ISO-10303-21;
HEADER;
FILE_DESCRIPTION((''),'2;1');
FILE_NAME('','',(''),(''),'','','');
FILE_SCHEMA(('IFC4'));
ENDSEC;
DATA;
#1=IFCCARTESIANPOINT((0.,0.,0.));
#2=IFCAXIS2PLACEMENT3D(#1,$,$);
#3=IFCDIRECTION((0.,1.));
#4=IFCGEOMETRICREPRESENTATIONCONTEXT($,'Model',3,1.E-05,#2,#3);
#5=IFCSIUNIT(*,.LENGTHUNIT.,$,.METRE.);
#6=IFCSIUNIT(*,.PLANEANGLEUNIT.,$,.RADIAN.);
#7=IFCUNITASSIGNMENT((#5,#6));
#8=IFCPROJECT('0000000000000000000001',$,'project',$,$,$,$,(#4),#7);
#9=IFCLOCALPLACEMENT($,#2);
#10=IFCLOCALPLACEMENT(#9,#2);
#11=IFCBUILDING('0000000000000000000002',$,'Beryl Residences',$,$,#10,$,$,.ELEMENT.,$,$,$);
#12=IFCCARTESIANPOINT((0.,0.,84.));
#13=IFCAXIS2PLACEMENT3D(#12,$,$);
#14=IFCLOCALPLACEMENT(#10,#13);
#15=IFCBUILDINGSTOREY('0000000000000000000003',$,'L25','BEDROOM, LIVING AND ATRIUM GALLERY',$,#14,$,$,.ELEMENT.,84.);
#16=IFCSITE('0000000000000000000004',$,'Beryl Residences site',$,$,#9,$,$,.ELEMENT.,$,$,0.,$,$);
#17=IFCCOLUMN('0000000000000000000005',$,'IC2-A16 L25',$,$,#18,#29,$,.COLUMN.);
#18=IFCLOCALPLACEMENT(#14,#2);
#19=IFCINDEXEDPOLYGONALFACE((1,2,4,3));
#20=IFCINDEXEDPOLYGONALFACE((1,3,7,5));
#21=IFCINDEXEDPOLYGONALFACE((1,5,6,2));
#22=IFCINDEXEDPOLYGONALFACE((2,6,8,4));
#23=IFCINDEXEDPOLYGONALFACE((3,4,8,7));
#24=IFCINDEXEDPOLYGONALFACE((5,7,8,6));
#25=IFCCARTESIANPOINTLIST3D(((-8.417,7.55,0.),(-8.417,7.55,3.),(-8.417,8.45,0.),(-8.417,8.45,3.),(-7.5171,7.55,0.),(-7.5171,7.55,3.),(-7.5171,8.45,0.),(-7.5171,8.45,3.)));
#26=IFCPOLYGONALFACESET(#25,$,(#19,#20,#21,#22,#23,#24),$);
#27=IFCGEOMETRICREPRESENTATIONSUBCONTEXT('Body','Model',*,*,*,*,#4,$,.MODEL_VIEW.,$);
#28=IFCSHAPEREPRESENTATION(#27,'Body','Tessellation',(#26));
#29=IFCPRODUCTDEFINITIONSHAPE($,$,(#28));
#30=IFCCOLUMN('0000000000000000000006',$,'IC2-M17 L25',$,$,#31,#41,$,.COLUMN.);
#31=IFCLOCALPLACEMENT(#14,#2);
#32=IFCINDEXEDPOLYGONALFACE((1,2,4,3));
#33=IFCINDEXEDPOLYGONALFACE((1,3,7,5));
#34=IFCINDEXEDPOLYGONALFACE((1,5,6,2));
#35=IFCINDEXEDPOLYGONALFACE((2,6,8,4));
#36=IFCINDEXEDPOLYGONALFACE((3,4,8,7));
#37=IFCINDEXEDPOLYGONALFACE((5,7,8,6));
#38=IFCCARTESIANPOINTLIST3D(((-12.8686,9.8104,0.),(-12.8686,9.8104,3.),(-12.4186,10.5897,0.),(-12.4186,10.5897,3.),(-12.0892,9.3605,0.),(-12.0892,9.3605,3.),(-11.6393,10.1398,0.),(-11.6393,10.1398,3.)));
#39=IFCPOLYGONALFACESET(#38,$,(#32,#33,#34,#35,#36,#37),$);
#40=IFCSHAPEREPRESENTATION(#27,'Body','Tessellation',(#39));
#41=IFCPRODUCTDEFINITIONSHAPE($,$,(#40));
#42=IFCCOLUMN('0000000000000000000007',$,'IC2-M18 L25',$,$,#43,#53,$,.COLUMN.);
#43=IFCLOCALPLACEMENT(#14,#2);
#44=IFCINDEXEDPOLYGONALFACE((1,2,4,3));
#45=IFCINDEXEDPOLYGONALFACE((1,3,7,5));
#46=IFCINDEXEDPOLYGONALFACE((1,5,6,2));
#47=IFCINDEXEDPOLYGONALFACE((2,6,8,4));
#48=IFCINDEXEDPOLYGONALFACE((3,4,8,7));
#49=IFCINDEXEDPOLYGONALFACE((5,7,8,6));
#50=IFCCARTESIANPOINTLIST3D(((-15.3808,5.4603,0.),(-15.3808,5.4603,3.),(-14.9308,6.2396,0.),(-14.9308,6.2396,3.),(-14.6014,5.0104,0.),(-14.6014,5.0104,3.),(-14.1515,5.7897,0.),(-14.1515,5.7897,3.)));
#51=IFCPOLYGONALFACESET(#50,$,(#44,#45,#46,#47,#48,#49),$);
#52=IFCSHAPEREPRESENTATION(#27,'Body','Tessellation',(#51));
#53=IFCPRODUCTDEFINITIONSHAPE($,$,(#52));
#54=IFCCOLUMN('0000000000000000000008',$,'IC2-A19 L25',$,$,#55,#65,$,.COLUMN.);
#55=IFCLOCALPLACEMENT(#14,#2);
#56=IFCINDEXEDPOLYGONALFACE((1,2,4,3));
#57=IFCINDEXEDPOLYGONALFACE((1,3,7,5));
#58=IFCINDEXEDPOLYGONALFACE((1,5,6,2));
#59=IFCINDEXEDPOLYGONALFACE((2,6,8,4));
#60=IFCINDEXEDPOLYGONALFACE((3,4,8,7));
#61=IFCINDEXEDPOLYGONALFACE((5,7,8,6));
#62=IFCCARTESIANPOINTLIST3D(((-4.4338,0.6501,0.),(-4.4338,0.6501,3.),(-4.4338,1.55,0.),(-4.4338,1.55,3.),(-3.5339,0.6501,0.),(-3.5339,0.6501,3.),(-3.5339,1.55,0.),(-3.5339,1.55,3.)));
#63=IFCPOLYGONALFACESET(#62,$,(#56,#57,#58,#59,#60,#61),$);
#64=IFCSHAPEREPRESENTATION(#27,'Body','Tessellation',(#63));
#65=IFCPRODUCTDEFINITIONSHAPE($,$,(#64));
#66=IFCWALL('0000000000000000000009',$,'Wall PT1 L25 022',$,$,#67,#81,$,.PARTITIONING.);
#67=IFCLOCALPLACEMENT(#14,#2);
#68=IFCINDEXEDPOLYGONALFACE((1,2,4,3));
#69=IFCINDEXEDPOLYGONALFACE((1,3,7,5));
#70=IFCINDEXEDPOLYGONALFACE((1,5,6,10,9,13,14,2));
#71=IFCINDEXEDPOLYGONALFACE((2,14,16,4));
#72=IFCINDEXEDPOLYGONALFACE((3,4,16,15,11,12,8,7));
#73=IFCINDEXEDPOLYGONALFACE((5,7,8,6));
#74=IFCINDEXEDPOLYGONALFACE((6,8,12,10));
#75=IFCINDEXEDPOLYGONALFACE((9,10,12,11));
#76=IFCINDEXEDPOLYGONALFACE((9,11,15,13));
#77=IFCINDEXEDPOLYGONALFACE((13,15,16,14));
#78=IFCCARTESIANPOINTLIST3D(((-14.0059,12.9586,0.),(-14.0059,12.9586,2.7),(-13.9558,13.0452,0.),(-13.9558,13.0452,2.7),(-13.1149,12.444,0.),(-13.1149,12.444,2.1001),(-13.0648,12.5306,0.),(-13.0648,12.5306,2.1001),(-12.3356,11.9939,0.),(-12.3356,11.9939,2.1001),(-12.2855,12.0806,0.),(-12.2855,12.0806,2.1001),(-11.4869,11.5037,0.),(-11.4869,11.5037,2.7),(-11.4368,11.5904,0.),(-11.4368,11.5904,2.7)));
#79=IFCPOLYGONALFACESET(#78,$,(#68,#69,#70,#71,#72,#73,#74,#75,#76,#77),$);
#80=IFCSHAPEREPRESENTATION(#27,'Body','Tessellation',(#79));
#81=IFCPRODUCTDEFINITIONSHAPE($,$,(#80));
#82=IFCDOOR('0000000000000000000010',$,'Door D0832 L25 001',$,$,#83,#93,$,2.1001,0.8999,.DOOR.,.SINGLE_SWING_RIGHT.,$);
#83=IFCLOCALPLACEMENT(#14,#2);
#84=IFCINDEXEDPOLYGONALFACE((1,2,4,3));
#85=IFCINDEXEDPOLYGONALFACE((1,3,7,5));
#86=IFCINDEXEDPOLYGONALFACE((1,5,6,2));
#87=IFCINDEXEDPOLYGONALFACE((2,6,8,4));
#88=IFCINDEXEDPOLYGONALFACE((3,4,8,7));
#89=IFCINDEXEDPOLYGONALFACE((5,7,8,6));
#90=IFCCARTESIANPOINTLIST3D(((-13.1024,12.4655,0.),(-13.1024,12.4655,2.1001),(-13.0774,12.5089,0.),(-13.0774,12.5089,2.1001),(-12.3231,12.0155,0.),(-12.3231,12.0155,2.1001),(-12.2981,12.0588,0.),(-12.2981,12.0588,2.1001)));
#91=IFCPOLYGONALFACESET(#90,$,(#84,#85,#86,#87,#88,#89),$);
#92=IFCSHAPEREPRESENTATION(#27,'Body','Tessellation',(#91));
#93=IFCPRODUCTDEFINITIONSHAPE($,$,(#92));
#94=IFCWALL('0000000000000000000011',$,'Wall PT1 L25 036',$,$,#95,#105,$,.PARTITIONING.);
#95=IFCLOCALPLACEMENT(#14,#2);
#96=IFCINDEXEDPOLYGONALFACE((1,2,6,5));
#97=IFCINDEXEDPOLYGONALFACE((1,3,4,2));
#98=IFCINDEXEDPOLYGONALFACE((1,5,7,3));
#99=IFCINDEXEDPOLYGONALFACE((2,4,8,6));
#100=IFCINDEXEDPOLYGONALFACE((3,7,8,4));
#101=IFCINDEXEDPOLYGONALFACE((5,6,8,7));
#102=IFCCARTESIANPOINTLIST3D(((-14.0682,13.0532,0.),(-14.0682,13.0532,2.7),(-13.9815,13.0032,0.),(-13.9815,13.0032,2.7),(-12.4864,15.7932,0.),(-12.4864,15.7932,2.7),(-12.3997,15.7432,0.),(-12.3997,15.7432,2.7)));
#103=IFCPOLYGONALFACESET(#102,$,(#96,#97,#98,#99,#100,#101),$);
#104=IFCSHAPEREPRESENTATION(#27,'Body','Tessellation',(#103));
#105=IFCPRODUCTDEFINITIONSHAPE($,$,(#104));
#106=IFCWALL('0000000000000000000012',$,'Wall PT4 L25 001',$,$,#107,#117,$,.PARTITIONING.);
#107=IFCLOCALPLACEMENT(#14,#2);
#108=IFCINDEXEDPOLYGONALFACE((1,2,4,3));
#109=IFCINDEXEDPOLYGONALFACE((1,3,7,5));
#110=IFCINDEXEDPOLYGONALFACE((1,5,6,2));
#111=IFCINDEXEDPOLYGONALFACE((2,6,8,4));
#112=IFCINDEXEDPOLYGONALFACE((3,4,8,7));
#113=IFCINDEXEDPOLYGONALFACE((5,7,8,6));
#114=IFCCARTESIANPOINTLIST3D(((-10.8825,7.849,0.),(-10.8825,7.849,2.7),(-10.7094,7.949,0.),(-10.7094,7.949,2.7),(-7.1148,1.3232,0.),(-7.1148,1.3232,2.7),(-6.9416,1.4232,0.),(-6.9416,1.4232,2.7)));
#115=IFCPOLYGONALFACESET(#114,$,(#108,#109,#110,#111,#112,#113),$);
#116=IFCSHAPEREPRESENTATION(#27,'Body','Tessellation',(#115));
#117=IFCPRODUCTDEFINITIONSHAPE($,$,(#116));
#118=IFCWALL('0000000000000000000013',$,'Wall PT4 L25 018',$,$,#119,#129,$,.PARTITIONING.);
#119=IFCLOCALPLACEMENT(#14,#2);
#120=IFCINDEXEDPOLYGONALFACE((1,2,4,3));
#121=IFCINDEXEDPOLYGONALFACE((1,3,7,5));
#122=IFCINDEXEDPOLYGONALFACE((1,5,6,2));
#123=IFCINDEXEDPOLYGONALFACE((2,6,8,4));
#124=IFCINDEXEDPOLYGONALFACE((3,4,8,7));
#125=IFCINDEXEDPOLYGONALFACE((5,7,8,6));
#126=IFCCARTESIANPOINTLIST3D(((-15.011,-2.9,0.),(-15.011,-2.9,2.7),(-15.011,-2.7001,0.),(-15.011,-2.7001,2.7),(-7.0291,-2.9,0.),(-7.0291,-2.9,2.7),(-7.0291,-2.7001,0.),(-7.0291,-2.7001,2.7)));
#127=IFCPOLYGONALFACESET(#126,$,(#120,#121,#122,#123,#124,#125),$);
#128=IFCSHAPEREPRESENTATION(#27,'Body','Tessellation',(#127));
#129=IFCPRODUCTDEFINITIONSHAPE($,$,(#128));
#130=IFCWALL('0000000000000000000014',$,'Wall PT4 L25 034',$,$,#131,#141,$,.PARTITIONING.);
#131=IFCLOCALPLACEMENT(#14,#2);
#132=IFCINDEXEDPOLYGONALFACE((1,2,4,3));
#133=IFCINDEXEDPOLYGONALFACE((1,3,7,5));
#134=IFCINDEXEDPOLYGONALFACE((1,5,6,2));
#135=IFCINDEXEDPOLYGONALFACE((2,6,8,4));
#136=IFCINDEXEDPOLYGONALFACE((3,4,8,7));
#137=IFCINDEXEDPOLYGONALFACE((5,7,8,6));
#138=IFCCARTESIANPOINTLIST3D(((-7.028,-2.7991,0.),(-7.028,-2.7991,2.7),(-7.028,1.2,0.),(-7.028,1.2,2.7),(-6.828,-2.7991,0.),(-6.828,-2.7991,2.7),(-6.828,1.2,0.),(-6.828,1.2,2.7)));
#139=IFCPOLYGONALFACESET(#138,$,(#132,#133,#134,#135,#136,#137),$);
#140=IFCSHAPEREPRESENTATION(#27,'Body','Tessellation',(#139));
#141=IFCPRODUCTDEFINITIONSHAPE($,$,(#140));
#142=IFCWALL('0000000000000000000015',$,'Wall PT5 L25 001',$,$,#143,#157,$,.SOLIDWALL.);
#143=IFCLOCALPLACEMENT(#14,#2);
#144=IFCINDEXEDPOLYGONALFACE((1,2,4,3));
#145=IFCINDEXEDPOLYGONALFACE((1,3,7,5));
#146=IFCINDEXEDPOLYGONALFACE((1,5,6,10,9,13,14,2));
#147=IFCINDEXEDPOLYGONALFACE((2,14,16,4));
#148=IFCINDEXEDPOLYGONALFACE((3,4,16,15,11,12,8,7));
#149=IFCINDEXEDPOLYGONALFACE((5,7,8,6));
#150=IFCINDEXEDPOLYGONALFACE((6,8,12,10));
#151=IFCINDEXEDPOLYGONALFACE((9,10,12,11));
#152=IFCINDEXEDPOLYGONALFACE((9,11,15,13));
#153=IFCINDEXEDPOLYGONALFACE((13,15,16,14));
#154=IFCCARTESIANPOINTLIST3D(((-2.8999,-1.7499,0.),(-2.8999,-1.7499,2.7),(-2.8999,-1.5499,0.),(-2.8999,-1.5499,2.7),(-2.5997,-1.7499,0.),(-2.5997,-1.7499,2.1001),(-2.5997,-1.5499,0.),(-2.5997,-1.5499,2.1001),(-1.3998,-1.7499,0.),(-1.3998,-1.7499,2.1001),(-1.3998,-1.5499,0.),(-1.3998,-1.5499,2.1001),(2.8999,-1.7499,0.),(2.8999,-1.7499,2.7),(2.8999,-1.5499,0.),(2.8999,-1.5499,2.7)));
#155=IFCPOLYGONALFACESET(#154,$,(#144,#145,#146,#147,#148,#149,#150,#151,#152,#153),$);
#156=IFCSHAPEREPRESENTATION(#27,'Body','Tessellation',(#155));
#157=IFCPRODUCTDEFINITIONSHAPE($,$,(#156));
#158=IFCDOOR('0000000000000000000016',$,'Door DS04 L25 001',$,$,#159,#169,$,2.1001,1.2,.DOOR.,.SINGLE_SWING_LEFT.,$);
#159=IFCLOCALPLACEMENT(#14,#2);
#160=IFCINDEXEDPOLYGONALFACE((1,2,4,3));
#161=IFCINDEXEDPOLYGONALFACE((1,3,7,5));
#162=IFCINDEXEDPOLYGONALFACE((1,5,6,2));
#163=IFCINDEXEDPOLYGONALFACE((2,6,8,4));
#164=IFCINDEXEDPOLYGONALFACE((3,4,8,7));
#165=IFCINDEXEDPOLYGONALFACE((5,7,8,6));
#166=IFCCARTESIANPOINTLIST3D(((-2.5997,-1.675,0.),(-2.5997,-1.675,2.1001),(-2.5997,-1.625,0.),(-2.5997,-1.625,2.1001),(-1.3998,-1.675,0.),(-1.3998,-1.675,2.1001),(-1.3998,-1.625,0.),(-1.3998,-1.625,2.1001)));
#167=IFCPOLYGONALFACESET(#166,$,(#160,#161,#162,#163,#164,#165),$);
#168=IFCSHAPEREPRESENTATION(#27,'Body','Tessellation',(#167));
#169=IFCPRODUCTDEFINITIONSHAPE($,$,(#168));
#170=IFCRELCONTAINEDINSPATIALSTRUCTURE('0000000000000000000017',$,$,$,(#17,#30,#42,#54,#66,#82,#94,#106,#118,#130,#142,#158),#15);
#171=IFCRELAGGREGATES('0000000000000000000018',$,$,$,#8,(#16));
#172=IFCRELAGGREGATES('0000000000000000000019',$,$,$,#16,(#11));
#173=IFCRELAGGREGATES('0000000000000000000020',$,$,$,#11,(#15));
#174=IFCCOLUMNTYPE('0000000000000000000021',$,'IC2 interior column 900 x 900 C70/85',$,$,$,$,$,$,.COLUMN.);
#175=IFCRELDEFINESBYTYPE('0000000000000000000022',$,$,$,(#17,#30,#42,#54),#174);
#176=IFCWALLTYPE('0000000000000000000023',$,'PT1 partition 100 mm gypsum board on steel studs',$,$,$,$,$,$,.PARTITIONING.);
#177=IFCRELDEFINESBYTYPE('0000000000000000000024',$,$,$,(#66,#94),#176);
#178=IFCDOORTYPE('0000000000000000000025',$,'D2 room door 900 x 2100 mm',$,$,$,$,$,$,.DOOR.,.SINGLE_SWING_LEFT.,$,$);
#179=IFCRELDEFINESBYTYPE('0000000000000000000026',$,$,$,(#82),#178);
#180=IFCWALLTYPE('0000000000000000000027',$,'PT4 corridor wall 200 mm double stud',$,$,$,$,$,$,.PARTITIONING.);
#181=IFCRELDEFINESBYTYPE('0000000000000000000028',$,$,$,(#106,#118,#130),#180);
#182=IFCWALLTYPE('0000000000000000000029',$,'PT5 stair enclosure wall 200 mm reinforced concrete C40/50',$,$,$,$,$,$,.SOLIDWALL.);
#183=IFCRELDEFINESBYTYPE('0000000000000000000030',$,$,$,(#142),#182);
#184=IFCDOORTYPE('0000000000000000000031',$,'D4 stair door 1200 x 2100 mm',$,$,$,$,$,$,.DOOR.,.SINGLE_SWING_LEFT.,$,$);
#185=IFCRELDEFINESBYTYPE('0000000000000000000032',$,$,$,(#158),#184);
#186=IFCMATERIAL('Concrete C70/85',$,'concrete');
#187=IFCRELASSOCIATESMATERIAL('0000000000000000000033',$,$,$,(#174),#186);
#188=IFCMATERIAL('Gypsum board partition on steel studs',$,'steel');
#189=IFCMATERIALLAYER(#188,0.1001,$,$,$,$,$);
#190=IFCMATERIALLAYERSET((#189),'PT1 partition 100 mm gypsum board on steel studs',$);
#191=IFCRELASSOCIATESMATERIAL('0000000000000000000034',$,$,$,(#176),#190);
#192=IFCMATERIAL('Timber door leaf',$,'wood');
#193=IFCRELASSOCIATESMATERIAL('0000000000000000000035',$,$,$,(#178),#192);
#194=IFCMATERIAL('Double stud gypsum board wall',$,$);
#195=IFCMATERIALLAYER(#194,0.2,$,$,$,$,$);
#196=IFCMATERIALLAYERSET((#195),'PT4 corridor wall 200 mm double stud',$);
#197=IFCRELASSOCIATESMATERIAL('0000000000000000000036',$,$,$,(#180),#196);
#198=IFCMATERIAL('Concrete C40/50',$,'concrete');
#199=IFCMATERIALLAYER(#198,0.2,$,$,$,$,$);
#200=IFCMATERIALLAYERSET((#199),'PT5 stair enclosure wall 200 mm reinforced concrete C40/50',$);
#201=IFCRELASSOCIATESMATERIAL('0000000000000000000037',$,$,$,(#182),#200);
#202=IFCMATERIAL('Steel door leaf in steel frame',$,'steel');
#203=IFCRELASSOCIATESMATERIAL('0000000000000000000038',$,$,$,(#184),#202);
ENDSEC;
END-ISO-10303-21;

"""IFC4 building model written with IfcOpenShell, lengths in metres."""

from ifc_helpers import new_model, si_unit, direction, frame, frame_2d, origin, origin_2d, place, context, subcontext, project, spatial, rectangle, extrude, material, layer, layer_set, material_profile, profile_set, type_object, element, fill, save


model = new_model("IFC4")

# Units and contexts
model_context = context("Model", 3, precision=1e-05, world=origin(), true_north=direction((0.0, 1.0)))
body_context = subcontext(model_context, "Body", "Model", "MODEL_VIEW")
ifc_project = project(units=[si_unit("LENGTHUNIT", "METRE"), si_unit("PLANEANGLEUNIT", "RADIAN")], contexts=[model_context])

# Site, building, storey
site_placement = place(None, origin())
site = spatial("IfcSite", under=ifc_project, at=site_placement, Name="Beryl Residences site", CompositionType="ELEMENT", RefElevation=0.0)
building_placement = place(site_placement, origin())
building = spatial("IfcBuilding", under=site, at=building_placement, Name="Beryl Residences", CompositionType="ELEMENT")
storey_placement = place(building_placement, frame((0.0, 0.0, 84.0)))
storey = spatial("IfcBuildingStorey", under=building, at=storey_placement, Name="L25", Description="BEDROOM, LIVING AND ATRIUM GALLERY", CompositionType="ELEMENT", Elevation=84.0)

# Columns
ifc_material_1 = material(Name="Concrete C70/85", Category="concrete")
ifc_material_profile = material_profile(ifc_material_1, rectangle(XDim=0.8999, YDim=0.8999, at=origin_2d()))
ifc_profile_set = profile_set([ifc_material_profile], Name="Concrete C70/85")
column_type = type_object("IfcColumnType", Name="IC2 interior column 900 x 900 C70/85", PredefinedType="COLUMN", material=ifc_profile_set)
for number, where, z_axis, x_axis, name in (
    (1, (-7.967, 8.0, 0.0), (0.0, 0.0, 1.0), (1.0, 0.0, 0.0), "IC2-A16 L25"),
    (2, (-12.2539, 9.9751, 0.0), (0.0, 0.0, 1.0), (-0.5, -0.866025, 0.0), "IC2-M17 L25"),
    (3, (-14.7661, 5.625, 0.0), (0.0, 0.0, 1.0), (-0.5, -0.866025, 0.0), "IC2-M18 L25"),
    (4, (-3.9839, 1.1001, 0.0), (0.0, 0.0, 1.0), (1.0, 0.0, 0.0), "IC2-A19 L25"),
):
    element("IfcColumn", number, at=place(storey_placement, frame(where, z_axis=z_axis, x_axis=x_axis)), inside=storey, type_object=column_type, Name=name, PredefinedType="COLUMN", context=body_context, shape_type="SweptSolid", body=[
        extrude(rectangle(XDim=0.8999, YDim=0.8999, at=origin_2d()), origin(), (0.0, 0.0, 1.0), 3.0),
    ])

# Wall, opening, door
ifc_material_2 = material(Name="Gypsum board partition on steel studs", Category="steel")
ifc_layer_1 = layer(ifc_material_2, 0.1001)
ifc_layer_set_1 = layer_set([ifc_layer_1], Name="PT1 partition 100 mm gypsum board on steel studs")
wall_type_1 = type_object("IfcWallType", Name="PT1 partition 100 mm gypsum board on steel studs", PredefinedType="PARTITIONING", material=ifc_layer_set_1)
wall_1_placement = place(storey_placement, frame((-13.981, 13.002, 0.0), z_axis=(0.0, 0.0, 1.0), x_axis=(0.865956, -0.50012, 0.0)))
wall_1 = element("IfcWall", 5, at=wall_1_placement, inside=storey, type_object=wall_type_1, Name="Wall PT1 L25 022", PredefinedType="PARTITIONING", context=body_context, shape_type="SweptSolid", body=[
    extrude(rectangle(XDim=2.9089, YDim=0.1001, at=frame_2d((1.4546, 0.0))), origin(), (0.0, 0.0, 1.0), 2.7),
])
opening_1_placement = place(wall_1_placement, frame((1.0291, 0.0, 0.0)))
opening_1 = element("IfcOpeningElement", 6, at=opening_1_placement, cuts=wall_1, PredefinedType="OPENING", context=body_context, shape_type="SweptSolid", body=[
    extrude(rectangle(XDim=0.8999, YDim=2.1001, at=frame_2d((0.45, 1.05))), frame((0.0, 0.0601, 0.0), z_axis=(0.0, -1.0, 0.0), x_axis=(1.0, 0.0, 0.0)), (0.0, 0.0, 1.0), 0.1201),
])
ifc_material_3 = material(Name="Timber door leaf", Category="wood")
door_type_1 = type_object("IfcDoorType", Name="D2 room door 900 x 2100 mm", OperationType="SINGLE_SWING_LEFT", PredefinedType="DOOR", material=ifc_material_3)
door_1_placement = place(opening_1_placement, origin())
door_1 = element("IfcDoor", 7, at=door_1_placement, inside=storey, type_object=door_type_1, Name="Door D0832 L25 001", OperationType="SINGLE_SWING_RIGHT", OverallHeight=2.1001, OverallWidth=0.8999, PredefinedType="DOOR", context=body_context, shape_type="SweptSolid", body=[
    extrude(rectangle(XDim=0.8999, YDim=2.1001, at=frame_2d((0.45, 1.05))), frame((0.0, 0.0249, 0.0), z_axis=(0.0, -1.0, 0.0), x_axis=(1.0, 0.0, 0.0)), (0.0, 0.0, 1.0), 0.05),
])
fill(opening_1, door_1)

# Walls
wall_2_placement = place(storey_placement, frame((-14.0249, 13.0281, 0.0), z_axis=(0.0, 0.0, 1.0), x_axis=(0.499965, 0.866046, 0.0)))
element("IfcWall", 8, at=wall_2_placement, inside=storey, type_object=wall_type_1, Name="Wall PT1 L25 036", PredefinedType="PARTITIONING", context=body_context, shape_type="SweptSolid", body=[
    extrude(rectangle(XDim=3.1638, YDim=0.1001, at=frame_2d((1.582, 0.0))), origin(), (0.0, 0.0, 1.0), 2.7),
])
ifc_material_4 = material(Name="Double stud gypsum board wall")
ifc_layer_2 = layer(ifc_material_4, 0.2)
ifc_layer_set_2 = layer_set([ifc_layer_2], Name="PT4 corridor wall 200 mm double stud")
wall_type_2 = type_object("IfcWallType", Name="PT4 corridor wall 200 mm double stud", PredefinedType="PARTITIONING", material=ifc_layer_set_2)
wall_3_placement = place(storey_placement, frame((-10.7959, 7.8989, 0.0), z_axis=(0.0, 0.0, 1.0), x_axis=(0.50001, -0.866019, 0.0)))
element("IfcWall", 9, at=wall_3_placement, inside=storey, type_object=wall_type_2, Name="Wall PT4 L25 001", PredefinedType="PARTITIONING", context=body_context, shape_type="SweptSolid", body=[
    extrude(rectangle(XDim=7.5354, YDim=0.2, at=frame_2d((3.7676, 0.0))), origin(), (0.0, 0.0, 1.0), 2.7),
])
wall_4_placement = place(storey_placement, frame((-15.011, -2.8, 0.0), z_axis=(0.0, 0.0, 1.0), x_axis=(1.0, 0.0, 0.0)))
element("IfcWall", 10, at=wall_4_placement, inside=storey, type_object=wall_type_2, Name="Wall PT4 L25 018", PredefinedType="PARTITIONING", context=body_context, shape_type="SweptSolid", body=[
    extrude(rectangle(XDim=7.9819, YDim=0.2, at=frame_2d((3.991, 0.0))), origin(), (0.0, 0.0, 1.0), 2.7),
])
wall_5_placement = place(storey_placement, frame((-6.928, -2.7991, 0.0), z_axis=(0.0, 0.0, 1.0), x_axis=(0.0, 1.0, 0.0)))
element("IfcWall", 11, at=wall_5_placement, inside=storey, type_object=wall_type_2, Name="Wall PT4 L25 034", PredefinedType="PARTITIONING", context=body_context, shape_type="SweptSolid", body=[
    extrude(rectangle(XDim=3.999, YDim=0.2, at=frame_2d((1.9995, 0.0))), origin(), (0.0, 0.0, 1.0), 2.7),
])

# Wall, opening, door
ifc_material_5 = material(Name="Concrete C40/50", Category="concrete")
ifc_layer_3 = layer(ifc_material_5, 0.2)
ifc_layer_set_3 = layer_set([ifc_layer_3], Name="PT5 stair enclosure wall 200 mm reinforced concrete C40/50")
wall_type_3 = type_object("IfcWallType", Name="PT5 stair enclosure wall 200 mm reinforced concrete C40/50", PredefinedType="SOLIDWALL", material=ifc_layer_set_3)
wall_6_placement = place(storey_placement, frame((-2.8999, -1.6499, 0.0), z_axis=(0.0, 0.0, 1.0), x_axis=(1.0, 0.0, 0.0)))
wall_6 = element("IfcWall", 12, at=wall_6_placement, inside=storey, type_object=wall_type_3, Name="Wall PT5 L25 001", PredefinedType="SOLIDWALL", context=body_context, shape_type="SweptSolid", body=[
    extrude(rectangle(XDim=5.7998, YDim=0.2, at=frame_2d((2.8999, 0.0))), origin(), (0.0, 0.0, 1.0), 2.7),
])
opening_2_placement = place(wall_6_placement, frame((0.3, 0.0, 0.0)))
opening_2 = element("IfcOpeningElement", 13, at=opening_2_placement, cuts=wall_6, PredefinedType="OPENING", context=body_context, shape_type="SweptSolid", body=[
    extrude(rectangle(XDim=1.2, YDim=2.1001, at=frame_2d((0.6001, 1.05))), frame((0.0, 0.1099, 0.0), z_axis=(0.0, -1.0, 0.0), x_axis=(1.0, 0.0, 0.0)), (0.0, 0.0, 1.0), 0.22),
])
ifc_material_6 = material(Name="Steel door leaf in steel frame", Category="steel")
door_type_2 = type_object("IfcDoorType", Name="D4 stair door 1200 x 2100 mm", OperationType="SINGLE_SWING_LEFT", PredefinedType="DOOR", material=ifc_material_6)
door_2_placement = place(opening_2_placement, origin())
door_2 = element("IfcDoor", 14, at=door_2_placement, inside=storey, type_object=door_type_2, Name="Door DS04 L25 001", OperationType="SINGLE_SWING_LEFT", OverallHeight=2.1001, OverallWidth=1.2, PredefinedType="DOOR", context=body_context, shape_type="SweptSolid", body=[
    extrude(rectangle(XDim=1.2, YDim=2.1001, at=frame_2d((0.6001, 1.05))), frame((0.0, 0.0249, 0.0), z_axis=(0.0, -1.0, 0.0), x_axis=(1.0, 0.0, 0.0)), (0.0, 0.0, 1.0), 0.05),
])
fill(opening_2, door_2)

save(model, "model.ifc")
